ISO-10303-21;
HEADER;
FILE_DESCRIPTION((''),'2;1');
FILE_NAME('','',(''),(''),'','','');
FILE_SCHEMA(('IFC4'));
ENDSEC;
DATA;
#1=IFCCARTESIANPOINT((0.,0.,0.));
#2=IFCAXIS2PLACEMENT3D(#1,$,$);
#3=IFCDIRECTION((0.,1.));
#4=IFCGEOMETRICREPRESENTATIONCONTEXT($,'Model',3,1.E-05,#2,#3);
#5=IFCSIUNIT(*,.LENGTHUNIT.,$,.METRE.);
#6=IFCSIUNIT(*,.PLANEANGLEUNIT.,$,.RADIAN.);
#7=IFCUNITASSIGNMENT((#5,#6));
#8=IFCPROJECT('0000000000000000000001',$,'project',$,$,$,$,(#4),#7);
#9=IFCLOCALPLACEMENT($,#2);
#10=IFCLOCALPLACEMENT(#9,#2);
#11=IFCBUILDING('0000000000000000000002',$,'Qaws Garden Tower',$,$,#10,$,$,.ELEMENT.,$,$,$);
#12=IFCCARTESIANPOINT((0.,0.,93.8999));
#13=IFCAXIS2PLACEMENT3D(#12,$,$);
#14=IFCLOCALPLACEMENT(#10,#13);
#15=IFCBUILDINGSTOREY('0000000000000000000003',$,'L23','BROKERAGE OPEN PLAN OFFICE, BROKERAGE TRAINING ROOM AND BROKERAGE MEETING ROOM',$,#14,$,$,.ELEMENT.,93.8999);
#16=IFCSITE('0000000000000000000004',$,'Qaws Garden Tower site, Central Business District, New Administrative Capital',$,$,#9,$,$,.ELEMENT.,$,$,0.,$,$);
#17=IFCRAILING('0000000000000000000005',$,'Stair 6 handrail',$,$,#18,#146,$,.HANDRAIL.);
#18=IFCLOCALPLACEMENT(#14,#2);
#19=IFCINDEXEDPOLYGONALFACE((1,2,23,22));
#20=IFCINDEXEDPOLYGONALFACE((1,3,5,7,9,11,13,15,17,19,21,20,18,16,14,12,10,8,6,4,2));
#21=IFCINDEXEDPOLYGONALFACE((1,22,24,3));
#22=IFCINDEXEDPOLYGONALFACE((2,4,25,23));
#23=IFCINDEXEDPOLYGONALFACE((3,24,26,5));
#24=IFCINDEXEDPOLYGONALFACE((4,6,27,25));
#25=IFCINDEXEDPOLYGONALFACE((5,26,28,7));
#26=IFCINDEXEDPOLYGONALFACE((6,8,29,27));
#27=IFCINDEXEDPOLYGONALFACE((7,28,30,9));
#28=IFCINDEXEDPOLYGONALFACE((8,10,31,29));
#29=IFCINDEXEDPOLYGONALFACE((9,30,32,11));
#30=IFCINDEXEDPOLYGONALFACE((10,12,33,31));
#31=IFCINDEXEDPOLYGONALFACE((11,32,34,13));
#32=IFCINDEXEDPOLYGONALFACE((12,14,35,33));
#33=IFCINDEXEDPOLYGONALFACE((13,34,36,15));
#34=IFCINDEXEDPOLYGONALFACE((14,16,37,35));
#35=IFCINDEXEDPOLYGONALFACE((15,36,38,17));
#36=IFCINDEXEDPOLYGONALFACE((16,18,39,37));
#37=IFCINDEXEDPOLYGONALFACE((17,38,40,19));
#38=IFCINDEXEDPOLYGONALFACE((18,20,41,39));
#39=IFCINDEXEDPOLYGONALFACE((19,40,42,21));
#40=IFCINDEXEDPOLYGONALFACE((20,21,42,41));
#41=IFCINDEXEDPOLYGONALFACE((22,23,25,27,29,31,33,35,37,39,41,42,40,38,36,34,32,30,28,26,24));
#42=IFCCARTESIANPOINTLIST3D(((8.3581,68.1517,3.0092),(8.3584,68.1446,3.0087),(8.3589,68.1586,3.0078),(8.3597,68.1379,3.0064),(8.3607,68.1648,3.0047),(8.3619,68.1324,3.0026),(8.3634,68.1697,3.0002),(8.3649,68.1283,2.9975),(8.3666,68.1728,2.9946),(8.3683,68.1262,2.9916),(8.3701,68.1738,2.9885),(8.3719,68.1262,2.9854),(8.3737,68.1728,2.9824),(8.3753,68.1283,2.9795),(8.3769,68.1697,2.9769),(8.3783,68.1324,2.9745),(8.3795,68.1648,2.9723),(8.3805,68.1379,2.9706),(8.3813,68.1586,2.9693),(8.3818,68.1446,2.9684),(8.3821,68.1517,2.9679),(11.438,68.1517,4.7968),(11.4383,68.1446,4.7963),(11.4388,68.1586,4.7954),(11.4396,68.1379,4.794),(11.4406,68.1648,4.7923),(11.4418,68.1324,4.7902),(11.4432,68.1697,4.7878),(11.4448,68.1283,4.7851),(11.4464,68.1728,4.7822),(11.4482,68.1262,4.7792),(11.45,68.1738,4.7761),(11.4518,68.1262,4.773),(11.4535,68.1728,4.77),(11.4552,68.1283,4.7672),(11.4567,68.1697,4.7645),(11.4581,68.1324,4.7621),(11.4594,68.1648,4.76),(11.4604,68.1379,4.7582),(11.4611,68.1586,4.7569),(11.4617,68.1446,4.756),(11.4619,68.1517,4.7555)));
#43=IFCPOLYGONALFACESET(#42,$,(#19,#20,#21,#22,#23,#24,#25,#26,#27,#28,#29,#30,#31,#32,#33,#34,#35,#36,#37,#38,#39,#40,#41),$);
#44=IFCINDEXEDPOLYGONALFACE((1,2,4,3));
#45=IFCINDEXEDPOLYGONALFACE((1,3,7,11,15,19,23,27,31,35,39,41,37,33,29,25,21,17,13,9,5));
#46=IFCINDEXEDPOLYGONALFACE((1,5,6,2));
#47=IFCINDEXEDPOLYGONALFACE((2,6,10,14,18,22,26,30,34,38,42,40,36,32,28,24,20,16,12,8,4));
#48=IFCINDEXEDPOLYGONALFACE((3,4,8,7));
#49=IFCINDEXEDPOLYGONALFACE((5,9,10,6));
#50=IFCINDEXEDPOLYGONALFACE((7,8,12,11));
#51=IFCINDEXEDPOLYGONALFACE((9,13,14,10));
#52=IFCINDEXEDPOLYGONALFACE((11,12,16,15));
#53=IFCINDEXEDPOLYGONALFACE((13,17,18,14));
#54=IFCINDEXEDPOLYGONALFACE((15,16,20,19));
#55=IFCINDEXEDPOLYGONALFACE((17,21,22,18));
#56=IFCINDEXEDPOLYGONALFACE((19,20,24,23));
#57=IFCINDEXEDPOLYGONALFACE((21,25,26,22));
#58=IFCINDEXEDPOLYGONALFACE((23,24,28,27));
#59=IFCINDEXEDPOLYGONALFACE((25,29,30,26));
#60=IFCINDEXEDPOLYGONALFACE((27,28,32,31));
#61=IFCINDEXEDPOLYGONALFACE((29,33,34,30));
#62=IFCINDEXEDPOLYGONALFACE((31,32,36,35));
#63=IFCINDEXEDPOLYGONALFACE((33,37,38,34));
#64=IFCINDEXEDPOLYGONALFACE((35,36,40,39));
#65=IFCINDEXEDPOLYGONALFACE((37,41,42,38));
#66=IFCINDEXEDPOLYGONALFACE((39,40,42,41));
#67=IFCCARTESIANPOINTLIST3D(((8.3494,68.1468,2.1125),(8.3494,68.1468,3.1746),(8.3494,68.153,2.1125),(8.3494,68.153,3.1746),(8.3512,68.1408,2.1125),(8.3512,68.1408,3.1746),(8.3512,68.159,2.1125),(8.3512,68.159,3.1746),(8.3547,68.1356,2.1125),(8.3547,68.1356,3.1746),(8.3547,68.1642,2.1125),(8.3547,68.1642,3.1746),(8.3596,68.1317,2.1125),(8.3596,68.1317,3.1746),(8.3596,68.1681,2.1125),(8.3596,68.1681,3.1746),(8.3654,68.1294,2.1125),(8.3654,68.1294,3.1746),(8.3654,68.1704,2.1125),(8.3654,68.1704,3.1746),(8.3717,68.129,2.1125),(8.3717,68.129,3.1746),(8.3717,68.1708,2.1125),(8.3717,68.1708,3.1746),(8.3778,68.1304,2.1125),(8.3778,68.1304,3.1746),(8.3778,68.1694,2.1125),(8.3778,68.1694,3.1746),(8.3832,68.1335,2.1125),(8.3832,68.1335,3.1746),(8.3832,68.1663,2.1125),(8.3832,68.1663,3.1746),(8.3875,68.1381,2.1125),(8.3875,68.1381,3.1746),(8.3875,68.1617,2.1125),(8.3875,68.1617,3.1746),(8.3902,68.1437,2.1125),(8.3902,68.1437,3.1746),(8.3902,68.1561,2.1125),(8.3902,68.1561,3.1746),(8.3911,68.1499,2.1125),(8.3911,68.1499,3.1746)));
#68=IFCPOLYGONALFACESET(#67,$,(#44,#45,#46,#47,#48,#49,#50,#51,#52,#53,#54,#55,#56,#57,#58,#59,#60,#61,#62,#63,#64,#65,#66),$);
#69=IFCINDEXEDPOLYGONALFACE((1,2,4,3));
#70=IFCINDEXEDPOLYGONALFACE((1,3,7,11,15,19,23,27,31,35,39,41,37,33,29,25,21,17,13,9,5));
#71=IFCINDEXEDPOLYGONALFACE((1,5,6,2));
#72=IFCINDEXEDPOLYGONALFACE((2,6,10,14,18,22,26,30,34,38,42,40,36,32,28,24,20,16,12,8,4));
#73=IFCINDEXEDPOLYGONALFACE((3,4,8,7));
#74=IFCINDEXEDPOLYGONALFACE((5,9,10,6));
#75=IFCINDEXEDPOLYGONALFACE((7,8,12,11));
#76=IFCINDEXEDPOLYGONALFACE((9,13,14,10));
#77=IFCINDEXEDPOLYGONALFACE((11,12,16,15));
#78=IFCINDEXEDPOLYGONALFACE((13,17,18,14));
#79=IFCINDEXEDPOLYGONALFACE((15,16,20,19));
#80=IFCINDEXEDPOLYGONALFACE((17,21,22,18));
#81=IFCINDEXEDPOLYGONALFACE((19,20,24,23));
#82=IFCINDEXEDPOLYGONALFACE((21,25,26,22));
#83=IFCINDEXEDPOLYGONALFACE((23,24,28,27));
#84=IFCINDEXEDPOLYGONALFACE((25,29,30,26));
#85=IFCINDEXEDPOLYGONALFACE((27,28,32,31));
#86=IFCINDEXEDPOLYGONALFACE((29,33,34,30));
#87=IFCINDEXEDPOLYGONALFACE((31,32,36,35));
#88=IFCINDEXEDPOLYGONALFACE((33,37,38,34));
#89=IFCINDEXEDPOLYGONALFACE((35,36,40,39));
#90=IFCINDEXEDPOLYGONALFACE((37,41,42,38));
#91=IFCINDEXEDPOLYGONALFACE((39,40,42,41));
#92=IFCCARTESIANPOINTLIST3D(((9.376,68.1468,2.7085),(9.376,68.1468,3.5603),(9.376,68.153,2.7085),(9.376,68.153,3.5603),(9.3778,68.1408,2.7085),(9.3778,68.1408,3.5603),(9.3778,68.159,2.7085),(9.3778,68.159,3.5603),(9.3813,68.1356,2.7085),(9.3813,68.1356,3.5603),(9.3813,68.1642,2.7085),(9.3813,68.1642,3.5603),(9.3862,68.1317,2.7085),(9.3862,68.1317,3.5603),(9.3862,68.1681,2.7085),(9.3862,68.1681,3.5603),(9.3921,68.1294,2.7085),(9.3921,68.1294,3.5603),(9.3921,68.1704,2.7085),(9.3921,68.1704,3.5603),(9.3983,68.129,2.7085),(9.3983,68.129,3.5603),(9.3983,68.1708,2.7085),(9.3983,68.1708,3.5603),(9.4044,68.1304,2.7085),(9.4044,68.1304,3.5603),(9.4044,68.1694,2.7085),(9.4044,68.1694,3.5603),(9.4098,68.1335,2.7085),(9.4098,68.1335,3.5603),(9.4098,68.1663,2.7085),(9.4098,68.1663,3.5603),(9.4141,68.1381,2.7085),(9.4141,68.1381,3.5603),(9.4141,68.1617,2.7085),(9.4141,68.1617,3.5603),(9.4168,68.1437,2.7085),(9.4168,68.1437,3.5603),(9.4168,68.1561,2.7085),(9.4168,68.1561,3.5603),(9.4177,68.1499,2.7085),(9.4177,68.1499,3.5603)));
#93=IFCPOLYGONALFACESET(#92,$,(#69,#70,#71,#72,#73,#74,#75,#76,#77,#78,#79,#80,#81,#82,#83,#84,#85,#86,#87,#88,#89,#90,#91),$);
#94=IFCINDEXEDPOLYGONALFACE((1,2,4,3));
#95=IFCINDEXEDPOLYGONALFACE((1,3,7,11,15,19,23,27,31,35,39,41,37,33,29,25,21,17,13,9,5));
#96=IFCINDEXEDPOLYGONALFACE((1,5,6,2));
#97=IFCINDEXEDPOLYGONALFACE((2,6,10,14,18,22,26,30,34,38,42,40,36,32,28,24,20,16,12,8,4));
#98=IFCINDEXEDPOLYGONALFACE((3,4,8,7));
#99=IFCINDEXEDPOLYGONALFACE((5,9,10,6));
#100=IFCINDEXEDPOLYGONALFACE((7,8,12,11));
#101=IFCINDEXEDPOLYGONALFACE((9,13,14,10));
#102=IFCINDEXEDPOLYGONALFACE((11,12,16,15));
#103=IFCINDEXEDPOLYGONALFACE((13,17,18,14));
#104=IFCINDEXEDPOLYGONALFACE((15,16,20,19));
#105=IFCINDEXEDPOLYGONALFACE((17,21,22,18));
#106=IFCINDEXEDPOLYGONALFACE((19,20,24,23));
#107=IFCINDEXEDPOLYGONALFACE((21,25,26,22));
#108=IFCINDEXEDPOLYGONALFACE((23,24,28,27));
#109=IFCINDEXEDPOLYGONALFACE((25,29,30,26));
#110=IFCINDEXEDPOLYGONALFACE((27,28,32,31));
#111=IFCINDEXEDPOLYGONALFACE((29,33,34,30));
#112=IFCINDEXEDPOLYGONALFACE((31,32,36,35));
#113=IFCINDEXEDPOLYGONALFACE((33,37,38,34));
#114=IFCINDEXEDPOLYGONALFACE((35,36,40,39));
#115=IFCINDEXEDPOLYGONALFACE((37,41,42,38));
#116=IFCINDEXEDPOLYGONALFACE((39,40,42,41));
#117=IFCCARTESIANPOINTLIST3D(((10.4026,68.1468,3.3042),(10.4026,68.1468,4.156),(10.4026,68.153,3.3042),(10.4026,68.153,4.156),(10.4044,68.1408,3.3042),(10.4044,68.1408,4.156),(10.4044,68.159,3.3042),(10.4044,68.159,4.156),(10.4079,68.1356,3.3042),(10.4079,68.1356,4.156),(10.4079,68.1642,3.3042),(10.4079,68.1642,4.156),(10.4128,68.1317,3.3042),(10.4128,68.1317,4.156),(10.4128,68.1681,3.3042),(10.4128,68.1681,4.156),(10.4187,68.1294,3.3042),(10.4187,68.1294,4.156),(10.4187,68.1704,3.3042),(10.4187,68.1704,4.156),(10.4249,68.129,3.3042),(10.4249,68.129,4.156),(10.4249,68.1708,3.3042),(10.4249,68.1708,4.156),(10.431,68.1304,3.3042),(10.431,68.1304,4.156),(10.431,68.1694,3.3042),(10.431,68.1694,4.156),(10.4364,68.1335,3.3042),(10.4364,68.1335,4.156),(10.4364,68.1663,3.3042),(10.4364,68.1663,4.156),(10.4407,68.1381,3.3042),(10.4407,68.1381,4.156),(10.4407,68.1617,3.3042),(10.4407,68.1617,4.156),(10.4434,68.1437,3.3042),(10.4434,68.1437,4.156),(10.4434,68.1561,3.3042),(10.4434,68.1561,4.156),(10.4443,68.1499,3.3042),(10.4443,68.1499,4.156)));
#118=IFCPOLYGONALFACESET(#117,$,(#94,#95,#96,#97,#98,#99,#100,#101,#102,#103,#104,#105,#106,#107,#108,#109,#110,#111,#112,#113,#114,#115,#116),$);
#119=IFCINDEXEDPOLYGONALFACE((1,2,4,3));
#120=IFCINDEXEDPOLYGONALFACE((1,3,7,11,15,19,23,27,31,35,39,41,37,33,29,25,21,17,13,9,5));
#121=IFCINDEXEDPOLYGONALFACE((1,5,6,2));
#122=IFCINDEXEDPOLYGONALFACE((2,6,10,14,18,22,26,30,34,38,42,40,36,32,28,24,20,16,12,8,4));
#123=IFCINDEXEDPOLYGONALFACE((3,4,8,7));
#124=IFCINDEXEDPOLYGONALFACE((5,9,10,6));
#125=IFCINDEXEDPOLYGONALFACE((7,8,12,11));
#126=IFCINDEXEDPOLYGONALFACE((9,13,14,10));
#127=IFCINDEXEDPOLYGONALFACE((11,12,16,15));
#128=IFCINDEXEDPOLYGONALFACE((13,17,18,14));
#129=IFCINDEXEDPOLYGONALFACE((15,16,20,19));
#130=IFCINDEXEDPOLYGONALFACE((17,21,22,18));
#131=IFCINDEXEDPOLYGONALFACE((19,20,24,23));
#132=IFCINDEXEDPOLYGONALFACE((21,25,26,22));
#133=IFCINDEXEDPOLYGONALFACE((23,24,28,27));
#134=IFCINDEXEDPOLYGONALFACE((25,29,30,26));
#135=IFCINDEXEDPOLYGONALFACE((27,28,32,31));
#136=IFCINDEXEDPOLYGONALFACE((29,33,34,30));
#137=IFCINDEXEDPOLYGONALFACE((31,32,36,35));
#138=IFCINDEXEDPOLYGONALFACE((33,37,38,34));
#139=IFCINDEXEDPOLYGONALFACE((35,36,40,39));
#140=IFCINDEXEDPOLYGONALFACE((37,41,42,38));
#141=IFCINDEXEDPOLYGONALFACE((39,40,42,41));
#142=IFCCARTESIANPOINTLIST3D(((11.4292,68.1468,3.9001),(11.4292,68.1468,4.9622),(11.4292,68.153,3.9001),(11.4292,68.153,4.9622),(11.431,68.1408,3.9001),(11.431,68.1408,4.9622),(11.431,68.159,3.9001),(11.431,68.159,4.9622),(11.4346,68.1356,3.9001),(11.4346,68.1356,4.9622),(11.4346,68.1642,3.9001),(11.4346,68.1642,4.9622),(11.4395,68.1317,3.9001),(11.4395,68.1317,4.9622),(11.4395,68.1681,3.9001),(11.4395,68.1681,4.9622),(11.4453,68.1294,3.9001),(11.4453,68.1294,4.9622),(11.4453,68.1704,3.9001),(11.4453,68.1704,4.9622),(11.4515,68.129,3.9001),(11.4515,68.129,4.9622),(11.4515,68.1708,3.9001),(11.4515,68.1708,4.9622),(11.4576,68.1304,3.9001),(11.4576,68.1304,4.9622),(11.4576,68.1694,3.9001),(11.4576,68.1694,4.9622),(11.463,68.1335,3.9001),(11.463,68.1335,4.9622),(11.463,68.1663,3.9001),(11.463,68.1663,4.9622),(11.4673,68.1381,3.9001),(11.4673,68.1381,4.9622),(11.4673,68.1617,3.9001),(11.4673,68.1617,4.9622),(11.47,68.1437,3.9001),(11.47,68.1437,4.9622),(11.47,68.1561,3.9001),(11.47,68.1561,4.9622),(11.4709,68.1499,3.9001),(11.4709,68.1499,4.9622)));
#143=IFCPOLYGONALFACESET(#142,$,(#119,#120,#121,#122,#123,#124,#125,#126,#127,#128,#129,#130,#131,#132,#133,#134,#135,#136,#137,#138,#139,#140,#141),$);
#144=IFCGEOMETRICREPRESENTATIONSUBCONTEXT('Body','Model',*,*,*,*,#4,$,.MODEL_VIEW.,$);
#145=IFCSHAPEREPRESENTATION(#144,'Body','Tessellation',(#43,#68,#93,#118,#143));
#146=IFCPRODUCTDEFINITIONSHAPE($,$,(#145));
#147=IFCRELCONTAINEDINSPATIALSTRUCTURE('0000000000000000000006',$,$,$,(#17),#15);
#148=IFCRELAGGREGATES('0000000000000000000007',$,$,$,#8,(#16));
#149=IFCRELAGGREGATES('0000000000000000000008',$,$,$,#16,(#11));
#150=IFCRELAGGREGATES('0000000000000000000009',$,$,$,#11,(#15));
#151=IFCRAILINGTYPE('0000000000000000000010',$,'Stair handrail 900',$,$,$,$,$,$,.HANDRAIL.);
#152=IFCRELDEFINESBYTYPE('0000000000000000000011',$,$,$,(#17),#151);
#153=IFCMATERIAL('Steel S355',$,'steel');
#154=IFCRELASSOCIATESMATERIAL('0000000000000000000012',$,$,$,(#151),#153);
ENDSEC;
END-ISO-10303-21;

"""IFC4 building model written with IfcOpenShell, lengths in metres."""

from ifc_helpers import new_model, si_unit, direction, frame, origin, origin_2d, place, context, subcontext, project, spatial, circle, extrude, material, type_object, element, save


model = new_model("IFC4")

# Units and contexts
model_context = context("Model", 3, precision=1e-05, world=origin(), true_north=direction((0.0, 1.0)))
body_context = subcontext(model_context, "Body", "Model", "MODEL_VIEW")
ifc_project = project(units=[si_unit("LENGTHUNIT", "METRE"), si_unit("PLANEANGLEUNIT", "RADIAN")], contexts=[model_context])

# Site, building, storey
site_placement = place(None, origin())
site = spatial("IfcSite", under=ifc_project, at=site_placement, Name="Qaws Garden Tower site, Central Business District, New Administrative Capital", CompositionType="ELEMENT", RefElevation=0.0)
building_placement = place(site_placement, origin())
building = spatial("IfcBuilding", under=site, at=building_placement, Name="Qaws Garden Tower", CompositionType="ELEMENT")
storey_placement = place(building_placement, frame((0.0, 0.0, 93.8999)))
storey = spatial("IfcBuildingStorey", under=building, at=storey_placement, Name="L23", Description="BROKERAGE OPEN PLAN OFFICE, BROKERAGE TRAINING ROOM AND BROKERAGE MEETING ROOM", CompositionType="ELEMENT", Elevation=93.8999)

# Railing
ifc_material_1 = material(Name="Steel S355", Category="steel")
railing_type = type_object("IfcRailingType", Name="Stair handrail 900", PredefinedType="HANDRAIL", material=ifc_material_1)
railing_1_placement = place(storey_placement, frame((8.3701, 68.1499, 2.1125)))
element("IfcRailing", 1, at=railing_1_placement, inside=storey, type_object=railing_type, Name="Stair 6 handrail", PredefinedType="HANDRAIL", context=body_context, shape_type="SweptSolid", body=[
    extrude(circle(Radius=0.0239, at=origin_2d()), frame((0.0, 0.0, 0.876), z_axis=(0.864873, 0.0, 0.50199), x_axis=(0.0, 1.0, 0.0)), (0.0, 0.0, 1.0), 3.561),
    extrude(circle(Radius=0.021, at=origin_2d()), origin(), (0.0, 0.0, 1.0), 1.062),
    extrude(circle(Radius=0.021, at=origin_2d()), frame((1.0266, 0.0, 0.5959)), (0.0, 0.0, 1.0), 0.8518),
    extrude(circle(Radius=0.021, at=origin_2d()), frame((2.0532, 0.0, 1.1917)), (0.0, 0.0, 1.0), 0.8518),
    extrude(circle(Radius=0.021, at=origin_2d()), frame((3.0798, 0.0, 1.7876)), (0.0, 0.0, 1.0), 1.062),
])

save(model, "model.ifc")
